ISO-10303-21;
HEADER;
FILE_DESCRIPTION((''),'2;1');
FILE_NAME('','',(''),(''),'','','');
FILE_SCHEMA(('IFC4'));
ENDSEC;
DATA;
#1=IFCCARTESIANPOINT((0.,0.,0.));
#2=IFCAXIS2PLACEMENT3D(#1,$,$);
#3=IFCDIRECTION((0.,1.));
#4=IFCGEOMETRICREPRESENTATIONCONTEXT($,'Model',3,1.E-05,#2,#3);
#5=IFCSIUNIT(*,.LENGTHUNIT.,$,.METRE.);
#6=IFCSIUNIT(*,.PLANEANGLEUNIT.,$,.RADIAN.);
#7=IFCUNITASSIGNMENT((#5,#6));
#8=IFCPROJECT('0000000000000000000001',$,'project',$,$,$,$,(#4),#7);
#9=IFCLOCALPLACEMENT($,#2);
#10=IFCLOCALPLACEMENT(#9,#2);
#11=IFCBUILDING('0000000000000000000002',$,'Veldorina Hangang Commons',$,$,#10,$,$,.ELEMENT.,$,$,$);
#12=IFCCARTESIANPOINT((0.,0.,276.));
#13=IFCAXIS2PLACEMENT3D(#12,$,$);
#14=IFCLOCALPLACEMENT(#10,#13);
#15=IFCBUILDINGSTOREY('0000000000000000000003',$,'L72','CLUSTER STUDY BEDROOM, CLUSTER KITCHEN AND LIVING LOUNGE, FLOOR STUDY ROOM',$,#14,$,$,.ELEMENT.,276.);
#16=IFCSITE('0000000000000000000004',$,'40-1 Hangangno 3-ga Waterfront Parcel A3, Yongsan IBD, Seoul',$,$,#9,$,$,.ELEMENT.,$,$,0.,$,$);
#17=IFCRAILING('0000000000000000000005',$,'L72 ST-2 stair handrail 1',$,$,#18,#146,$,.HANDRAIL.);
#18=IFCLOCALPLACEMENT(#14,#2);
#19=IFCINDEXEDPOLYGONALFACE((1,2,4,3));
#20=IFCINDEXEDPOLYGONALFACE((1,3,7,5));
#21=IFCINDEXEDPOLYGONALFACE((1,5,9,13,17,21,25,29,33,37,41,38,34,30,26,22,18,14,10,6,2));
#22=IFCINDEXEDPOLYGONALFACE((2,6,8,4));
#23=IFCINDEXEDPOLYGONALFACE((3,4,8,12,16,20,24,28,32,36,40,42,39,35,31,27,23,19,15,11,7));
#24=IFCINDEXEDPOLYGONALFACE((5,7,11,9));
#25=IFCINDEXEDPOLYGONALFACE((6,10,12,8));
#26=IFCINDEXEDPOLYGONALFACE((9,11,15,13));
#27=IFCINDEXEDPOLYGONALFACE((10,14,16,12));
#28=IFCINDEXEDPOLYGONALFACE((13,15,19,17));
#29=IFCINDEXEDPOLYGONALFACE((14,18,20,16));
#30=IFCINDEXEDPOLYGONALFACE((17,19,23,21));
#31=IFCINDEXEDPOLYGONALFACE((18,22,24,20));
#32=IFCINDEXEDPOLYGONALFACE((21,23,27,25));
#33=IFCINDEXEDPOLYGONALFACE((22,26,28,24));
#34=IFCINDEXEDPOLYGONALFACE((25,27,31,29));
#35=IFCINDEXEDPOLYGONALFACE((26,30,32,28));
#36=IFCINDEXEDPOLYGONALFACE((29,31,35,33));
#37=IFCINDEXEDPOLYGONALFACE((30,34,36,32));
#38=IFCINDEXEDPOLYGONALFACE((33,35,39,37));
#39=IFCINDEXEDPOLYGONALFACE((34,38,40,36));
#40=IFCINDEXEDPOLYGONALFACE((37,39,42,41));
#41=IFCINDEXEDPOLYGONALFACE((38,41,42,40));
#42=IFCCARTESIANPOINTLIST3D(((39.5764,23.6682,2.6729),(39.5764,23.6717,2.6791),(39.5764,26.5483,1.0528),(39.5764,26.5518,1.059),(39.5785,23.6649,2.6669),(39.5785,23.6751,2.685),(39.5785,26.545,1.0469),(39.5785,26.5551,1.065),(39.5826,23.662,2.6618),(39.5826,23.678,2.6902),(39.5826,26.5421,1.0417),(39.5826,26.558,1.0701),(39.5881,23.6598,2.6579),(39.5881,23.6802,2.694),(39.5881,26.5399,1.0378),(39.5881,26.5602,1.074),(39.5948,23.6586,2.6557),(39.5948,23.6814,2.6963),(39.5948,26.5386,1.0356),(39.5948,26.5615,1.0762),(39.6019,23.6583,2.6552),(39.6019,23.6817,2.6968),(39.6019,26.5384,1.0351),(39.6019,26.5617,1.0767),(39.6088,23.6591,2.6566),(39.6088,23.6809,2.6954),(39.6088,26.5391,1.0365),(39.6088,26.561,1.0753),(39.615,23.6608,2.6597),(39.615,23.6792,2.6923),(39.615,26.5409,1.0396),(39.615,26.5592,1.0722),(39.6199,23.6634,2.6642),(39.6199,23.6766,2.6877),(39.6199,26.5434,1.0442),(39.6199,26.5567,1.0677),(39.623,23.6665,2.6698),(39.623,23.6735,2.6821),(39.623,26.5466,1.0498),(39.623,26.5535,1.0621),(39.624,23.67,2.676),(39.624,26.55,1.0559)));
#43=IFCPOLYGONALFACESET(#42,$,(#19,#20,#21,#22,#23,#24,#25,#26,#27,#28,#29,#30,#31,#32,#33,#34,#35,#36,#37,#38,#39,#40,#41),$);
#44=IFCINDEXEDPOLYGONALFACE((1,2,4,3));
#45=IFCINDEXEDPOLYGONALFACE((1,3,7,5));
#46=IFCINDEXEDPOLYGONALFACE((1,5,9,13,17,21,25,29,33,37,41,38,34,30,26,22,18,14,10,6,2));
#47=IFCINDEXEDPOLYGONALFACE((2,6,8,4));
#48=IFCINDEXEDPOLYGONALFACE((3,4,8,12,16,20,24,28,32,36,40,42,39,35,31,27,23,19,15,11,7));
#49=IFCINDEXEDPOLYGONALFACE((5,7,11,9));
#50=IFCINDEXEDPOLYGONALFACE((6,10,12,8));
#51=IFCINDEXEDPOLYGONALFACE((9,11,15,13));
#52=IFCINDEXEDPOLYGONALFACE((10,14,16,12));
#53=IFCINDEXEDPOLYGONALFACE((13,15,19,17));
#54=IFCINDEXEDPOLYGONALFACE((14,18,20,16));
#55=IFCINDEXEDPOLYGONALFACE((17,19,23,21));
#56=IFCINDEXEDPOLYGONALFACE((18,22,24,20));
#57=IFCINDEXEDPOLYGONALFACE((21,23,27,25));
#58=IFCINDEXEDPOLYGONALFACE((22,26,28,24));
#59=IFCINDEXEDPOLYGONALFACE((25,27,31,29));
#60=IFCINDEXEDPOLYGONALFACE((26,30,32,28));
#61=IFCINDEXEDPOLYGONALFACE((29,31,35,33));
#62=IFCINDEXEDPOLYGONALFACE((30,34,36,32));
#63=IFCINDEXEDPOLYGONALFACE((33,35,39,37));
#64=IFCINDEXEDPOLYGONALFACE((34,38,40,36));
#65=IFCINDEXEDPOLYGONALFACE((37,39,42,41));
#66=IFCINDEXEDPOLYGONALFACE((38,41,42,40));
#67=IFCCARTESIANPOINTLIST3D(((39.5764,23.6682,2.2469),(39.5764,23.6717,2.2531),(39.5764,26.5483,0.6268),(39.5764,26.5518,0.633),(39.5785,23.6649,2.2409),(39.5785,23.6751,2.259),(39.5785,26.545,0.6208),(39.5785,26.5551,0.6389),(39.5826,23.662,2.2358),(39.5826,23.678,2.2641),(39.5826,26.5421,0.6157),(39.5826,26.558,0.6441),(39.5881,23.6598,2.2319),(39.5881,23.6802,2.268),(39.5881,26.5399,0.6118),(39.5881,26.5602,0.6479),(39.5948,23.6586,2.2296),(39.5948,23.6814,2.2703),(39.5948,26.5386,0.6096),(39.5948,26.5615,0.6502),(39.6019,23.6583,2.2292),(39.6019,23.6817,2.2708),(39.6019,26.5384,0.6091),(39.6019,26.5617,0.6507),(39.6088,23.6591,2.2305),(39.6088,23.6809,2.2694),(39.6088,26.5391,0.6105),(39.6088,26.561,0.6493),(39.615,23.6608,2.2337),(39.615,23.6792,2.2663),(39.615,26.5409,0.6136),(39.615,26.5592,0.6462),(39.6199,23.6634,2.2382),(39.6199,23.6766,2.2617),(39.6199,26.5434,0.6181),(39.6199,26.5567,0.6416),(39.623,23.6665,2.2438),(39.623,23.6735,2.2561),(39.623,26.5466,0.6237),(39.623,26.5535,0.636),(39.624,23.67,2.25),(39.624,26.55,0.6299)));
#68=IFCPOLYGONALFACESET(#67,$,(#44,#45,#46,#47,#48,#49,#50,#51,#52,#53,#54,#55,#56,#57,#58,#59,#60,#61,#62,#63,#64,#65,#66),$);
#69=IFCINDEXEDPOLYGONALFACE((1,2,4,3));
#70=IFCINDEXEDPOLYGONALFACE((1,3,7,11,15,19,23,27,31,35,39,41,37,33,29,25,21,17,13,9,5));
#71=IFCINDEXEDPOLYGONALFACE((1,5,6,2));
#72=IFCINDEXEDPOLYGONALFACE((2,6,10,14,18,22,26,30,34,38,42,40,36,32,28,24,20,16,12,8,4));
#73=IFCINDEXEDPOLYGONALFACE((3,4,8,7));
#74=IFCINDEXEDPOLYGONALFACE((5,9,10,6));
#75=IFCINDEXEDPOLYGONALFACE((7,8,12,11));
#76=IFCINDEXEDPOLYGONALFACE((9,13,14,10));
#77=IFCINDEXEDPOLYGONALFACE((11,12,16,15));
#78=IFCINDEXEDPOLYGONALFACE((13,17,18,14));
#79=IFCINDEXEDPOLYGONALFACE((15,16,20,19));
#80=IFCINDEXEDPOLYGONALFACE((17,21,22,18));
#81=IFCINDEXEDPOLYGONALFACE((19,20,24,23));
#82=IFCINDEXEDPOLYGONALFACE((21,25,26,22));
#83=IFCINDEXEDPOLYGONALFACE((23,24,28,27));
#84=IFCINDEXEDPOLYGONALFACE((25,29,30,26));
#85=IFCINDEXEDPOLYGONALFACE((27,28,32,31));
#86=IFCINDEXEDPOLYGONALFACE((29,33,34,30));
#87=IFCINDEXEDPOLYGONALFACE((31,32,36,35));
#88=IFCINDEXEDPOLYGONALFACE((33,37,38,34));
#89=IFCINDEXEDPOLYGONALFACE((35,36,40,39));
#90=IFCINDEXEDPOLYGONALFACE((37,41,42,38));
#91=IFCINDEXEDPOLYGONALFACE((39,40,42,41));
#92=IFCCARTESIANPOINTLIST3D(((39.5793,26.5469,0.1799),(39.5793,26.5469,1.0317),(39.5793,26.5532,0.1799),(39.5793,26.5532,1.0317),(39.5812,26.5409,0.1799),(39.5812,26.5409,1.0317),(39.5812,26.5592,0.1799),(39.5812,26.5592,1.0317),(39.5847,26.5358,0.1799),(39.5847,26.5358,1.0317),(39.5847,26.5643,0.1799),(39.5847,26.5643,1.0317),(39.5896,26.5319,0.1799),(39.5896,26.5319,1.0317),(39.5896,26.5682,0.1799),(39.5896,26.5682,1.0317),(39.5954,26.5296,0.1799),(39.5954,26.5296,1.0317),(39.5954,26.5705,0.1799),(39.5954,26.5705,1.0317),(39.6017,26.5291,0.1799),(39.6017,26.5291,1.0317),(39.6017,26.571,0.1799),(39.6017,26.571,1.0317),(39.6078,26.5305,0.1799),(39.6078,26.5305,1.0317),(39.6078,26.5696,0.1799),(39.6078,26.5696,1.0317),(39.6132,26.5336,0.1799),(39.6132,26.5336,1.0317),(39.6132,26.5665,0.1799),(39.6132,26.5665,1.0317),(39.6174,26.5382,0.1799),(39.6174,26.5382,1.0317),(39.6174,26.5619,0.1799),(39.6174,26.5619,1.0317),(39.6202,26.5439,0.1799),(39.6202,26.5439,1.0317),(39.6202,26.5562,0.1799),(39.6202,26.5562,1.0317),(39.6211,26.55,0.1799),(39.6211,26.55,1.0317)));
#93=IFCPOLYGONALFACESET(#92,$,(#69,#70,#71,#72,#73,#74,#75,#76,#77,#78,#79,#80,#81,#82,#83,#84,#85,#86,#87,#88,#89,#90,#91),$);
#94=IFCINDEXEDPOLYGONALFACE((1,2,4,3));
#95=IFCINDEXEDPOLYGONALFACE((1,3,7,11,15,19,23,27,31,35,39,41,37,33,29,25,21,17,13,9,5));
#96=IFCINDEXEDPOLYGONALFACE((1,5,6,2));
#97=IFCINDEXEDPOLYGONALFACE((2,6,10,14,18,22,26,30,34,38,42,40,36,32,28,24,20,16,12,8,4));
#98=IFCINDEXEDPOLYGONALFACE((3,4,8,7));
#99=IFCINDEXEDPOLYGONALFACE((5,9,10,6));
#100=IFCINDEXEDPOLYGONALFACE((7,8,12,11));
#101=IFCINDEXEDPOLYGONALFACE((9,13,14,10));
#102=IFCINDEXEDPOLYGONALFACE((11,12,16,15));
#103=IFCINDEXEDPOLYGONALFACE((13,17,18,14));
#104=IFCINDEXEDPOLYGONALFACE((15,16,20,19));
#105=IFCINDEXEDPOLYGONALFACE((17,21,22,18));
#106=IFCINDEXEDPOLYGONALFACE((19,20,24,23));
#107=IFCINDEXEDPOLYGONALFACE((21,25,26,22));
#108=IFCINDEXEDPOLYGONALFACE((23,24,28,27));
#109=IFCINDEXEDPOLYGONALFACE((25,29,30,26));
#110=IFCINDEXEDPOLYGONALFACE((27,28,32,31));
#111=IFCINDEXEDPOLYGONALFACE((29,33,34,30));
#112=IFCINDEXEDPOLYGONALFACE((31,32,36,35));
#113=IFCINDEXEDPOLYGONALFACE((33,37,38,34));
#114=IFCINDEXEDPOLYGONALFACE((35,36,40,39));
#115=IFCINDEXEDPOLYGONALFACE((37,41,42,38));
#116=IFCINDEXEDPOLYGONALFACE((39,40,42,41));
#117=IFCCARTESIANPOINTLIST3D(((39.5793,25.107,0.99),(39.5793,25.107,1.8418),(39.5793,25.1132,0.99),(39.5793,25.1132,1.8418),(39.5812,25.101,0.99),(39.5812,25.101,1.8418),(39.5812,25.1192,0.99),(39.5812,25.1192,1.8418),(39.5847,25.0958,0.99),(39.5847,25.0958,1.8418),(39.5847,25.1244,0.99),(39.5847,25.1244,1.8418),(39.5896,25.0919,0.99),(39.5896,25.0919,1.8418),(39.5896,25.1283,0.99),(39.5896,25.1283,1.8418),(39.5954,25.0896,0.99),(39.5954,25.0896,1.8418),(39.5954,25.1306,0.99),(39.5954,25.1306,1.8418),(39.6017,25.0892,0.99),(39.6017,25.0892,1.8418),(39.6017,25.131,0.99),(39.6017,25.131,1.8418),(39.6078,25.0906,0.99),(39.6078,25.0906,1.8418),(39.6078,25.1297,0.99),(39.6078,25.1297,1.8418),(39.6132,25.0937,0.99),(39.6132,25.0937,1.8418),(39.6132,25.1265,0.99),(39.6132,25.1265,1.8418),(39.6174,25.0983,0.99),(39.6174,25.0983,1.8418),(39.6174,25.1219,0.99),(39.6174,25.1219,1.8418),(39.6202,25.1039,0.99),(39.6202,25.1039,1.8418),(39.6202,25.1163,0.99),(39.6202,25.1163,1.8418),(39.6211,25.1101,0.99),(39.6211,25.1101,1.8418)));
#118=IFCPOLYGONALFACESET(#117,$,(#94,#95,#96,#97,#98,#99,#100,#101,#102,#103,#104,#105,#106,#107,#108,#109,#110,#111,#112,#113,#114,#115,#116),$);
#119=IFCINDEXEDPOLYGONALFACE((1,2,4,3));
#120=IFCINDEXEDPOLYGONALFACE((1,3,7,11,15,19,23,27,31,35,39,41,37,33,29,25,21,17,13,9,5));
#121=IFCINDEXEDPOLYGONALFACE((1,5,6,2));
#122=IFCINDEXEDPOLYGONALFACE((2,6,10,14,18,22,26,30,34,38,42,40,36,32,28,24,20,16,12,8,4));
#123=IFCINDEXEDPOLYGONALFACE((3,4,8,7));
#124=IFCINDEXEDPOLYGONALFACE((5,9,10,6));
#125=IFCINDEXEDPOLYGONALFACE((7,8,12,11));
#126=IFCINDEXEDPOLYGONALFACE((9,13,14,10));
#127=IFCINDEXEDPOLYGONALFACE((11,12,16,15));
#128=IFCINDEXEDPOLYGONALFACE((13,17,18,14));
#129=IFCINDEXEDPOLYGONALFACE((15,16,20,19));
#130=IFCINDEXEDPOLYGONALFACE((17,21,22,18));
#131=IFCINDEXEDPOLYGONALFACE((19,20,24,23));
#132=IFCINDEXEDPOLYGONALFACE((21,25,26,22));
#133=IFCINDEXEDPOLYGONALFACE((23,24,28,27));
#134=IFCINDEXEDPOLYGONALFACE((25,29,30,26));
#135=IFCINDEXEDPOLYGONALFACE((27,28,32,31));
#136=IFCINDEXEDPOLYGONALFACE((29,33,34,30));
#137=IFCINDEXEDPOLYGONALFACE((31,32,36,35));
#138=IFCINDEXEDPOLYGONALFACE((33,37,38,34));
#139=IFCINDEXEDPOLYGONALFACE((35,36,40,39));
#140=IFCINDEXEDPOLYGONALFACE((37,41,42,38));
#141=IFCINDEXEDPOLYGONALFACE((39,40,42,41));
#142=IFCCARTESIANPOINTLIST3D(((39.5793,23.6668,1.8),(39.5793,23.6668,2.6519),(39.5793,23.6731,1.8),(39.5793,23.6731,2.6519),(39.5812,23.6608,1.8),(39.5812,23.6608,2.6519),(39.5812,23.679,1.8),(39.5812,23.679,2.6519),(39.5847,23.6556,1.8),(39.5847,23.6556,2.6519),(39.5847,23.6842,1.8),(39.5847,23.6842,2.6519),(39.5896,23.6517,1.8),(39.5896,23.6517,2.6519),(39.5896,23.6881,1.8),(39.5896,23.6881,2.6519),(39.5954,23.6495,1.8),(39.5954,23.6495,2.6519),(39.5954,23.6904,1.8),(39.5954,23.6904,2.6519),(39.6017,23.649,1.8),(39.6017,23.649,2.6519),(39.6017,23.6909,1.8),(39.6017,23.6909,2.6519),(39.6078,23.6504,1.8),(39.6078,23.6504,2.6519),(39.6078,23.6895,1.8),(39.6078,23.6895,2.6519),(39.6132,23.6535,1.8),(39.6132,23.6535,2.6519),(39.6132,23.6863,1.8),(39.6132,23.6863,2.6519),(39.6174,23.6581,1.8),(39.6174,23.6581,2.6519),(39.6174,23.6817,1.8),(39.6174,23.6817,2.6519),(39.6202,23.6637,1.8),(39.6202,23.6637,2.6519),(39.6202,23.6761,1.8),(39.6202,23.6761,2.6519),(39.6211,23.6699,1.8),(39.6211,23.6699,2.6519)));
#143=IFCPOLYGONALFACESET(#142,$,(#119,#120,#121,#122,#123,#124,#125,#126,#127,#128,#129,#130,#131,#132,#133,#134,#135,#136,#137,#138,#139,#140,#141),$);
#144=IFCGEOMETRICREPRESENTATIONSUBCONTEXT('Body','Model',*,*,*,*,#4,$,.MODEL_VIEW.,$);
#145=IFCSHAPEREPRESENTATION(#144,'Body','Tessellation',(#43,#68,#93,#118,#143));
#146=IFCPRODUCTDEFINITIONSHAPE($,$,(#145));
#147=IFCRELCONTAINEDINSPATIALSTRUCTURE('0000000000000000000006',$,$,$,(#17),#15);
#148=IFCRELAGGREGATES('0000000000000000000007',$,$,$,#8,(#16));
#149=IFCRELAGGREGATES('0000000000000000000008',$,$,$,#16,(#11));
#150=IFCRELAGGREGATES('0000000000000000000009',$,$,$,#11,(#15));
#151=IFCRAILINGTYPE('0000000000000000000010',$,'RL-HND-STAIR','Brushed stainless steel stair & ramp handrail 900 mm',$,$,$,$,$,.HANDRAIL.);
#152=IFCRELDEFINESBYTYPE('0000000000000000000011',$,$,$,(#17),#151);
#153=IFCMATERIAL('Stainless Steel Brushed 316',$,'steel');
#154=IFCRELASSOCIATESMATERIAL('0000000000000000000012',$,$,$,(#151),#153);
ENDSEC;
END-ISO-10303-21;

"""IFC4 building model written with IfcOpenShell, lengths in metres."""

from ifc_helpers import new_model, si_unit, direction, frame, origin, origin_2d, place, context, subcontext, project, spatial, circle, extrude, material, type_object, element, save


model = new_model("IFC4")

# Units and contexts
model_context = context("Model", 3, precision=1e-05, world=origin(), true_north=direction((0.0, 1.0)))
body_context = subcontext(model_context, "Body", "Model", "MODEL_VIEW")
ifc_project = project(units=[si_unit("LENGTHUNIT", "METRE"), si_unit("PLANEANGLEUNIT", "RADIAN")], contexts=[model_context])

# Site, building, storey
site_placement = place(None, origin())
site = spatial("IfcSite", under=ifc_project, at=site_placement, Name="40-1 Hangangno 3-ga Waterfront Parcel A3, Yongsan IBD, Seoul", CompositionType="ELEMENT", RefElevation=0.0)
building_placement = place(site_placement, origin())
building = spatial("IfcBuilding", under=site, at=building_placement, Name="Veldorina Hangang Commons", CompositionType="ELEMENT")
storey_placement = place(building_placement, frame((0.0, 0.0, 276.0)))
storey = spatial("IfcBuildingStorey", under=building, at=storey_placement, Name="L72", Description="CLUSTER STUDY BEDROOM, CLUSTER KITCHEN AND LIVING LOUNGE, FLOOR STUDY ROOM", CompositionType="ELEMENT", Elevation=276.0)

# Railing
ifc_material_1 = material(Name="Stainless Steel Brushed 316", Category="steel")
railing_type_1 = type_object("IfcRailingType", Name="RL-HND-STAIR", Description="Brushed stainless steel stair & ramp handrail 900 mm", PredefinedType="HANDRAIL", material=ifc_material_1)
railing_1_placement = place(storey_placement, frame((39.6001, 26.55, 0.1799)))
element("IfcRailing", 1, at=railing_1_placement, inside=storey, type_object=railing_type_1, Name="L72 ST-2 stair handrail 1", PredefinedType="HANDRAIL", context=body_context, shape_type="SweptSolid", body=[
    extrude(circle(Radius=0.0239, at=origin_2d()), frame((0.0, 0.0, 0.876), z_axis=(0.0, -0.87157, 0.490272), x_axis=(1.0, 0.0, 0.0)), (0.0, 0.0, 1.0), 3.3044),
    extrude(circle(Radius=0.0239, at=origin_2d()), frame((0.0, 0.0, 0.45), z_axis=(0.0, -0.87157, 0.490272), x_axis=(1.0, 0.0, 0.0)), (0.0, 0.0, 1.0), 3.3044),
    extrude(circle(Radius=0.021, at=origin_2d()), origin(), (0.0, 0.0, 1.0), 0.8518),
    extrude(circle(Radius=0.021, at=origin_2d()), frame((0.0, -1.4399, 0.8101)), (0.0, 0.0, 1.0), 0.8518),
    extrude(circle(Radius=0.021, at=origin_2d()), frame((0.0, -2.8801, 1.6201)), (0.0, 0.0, 1.0), 0.8518),
])

save(model, "model.ifc")
